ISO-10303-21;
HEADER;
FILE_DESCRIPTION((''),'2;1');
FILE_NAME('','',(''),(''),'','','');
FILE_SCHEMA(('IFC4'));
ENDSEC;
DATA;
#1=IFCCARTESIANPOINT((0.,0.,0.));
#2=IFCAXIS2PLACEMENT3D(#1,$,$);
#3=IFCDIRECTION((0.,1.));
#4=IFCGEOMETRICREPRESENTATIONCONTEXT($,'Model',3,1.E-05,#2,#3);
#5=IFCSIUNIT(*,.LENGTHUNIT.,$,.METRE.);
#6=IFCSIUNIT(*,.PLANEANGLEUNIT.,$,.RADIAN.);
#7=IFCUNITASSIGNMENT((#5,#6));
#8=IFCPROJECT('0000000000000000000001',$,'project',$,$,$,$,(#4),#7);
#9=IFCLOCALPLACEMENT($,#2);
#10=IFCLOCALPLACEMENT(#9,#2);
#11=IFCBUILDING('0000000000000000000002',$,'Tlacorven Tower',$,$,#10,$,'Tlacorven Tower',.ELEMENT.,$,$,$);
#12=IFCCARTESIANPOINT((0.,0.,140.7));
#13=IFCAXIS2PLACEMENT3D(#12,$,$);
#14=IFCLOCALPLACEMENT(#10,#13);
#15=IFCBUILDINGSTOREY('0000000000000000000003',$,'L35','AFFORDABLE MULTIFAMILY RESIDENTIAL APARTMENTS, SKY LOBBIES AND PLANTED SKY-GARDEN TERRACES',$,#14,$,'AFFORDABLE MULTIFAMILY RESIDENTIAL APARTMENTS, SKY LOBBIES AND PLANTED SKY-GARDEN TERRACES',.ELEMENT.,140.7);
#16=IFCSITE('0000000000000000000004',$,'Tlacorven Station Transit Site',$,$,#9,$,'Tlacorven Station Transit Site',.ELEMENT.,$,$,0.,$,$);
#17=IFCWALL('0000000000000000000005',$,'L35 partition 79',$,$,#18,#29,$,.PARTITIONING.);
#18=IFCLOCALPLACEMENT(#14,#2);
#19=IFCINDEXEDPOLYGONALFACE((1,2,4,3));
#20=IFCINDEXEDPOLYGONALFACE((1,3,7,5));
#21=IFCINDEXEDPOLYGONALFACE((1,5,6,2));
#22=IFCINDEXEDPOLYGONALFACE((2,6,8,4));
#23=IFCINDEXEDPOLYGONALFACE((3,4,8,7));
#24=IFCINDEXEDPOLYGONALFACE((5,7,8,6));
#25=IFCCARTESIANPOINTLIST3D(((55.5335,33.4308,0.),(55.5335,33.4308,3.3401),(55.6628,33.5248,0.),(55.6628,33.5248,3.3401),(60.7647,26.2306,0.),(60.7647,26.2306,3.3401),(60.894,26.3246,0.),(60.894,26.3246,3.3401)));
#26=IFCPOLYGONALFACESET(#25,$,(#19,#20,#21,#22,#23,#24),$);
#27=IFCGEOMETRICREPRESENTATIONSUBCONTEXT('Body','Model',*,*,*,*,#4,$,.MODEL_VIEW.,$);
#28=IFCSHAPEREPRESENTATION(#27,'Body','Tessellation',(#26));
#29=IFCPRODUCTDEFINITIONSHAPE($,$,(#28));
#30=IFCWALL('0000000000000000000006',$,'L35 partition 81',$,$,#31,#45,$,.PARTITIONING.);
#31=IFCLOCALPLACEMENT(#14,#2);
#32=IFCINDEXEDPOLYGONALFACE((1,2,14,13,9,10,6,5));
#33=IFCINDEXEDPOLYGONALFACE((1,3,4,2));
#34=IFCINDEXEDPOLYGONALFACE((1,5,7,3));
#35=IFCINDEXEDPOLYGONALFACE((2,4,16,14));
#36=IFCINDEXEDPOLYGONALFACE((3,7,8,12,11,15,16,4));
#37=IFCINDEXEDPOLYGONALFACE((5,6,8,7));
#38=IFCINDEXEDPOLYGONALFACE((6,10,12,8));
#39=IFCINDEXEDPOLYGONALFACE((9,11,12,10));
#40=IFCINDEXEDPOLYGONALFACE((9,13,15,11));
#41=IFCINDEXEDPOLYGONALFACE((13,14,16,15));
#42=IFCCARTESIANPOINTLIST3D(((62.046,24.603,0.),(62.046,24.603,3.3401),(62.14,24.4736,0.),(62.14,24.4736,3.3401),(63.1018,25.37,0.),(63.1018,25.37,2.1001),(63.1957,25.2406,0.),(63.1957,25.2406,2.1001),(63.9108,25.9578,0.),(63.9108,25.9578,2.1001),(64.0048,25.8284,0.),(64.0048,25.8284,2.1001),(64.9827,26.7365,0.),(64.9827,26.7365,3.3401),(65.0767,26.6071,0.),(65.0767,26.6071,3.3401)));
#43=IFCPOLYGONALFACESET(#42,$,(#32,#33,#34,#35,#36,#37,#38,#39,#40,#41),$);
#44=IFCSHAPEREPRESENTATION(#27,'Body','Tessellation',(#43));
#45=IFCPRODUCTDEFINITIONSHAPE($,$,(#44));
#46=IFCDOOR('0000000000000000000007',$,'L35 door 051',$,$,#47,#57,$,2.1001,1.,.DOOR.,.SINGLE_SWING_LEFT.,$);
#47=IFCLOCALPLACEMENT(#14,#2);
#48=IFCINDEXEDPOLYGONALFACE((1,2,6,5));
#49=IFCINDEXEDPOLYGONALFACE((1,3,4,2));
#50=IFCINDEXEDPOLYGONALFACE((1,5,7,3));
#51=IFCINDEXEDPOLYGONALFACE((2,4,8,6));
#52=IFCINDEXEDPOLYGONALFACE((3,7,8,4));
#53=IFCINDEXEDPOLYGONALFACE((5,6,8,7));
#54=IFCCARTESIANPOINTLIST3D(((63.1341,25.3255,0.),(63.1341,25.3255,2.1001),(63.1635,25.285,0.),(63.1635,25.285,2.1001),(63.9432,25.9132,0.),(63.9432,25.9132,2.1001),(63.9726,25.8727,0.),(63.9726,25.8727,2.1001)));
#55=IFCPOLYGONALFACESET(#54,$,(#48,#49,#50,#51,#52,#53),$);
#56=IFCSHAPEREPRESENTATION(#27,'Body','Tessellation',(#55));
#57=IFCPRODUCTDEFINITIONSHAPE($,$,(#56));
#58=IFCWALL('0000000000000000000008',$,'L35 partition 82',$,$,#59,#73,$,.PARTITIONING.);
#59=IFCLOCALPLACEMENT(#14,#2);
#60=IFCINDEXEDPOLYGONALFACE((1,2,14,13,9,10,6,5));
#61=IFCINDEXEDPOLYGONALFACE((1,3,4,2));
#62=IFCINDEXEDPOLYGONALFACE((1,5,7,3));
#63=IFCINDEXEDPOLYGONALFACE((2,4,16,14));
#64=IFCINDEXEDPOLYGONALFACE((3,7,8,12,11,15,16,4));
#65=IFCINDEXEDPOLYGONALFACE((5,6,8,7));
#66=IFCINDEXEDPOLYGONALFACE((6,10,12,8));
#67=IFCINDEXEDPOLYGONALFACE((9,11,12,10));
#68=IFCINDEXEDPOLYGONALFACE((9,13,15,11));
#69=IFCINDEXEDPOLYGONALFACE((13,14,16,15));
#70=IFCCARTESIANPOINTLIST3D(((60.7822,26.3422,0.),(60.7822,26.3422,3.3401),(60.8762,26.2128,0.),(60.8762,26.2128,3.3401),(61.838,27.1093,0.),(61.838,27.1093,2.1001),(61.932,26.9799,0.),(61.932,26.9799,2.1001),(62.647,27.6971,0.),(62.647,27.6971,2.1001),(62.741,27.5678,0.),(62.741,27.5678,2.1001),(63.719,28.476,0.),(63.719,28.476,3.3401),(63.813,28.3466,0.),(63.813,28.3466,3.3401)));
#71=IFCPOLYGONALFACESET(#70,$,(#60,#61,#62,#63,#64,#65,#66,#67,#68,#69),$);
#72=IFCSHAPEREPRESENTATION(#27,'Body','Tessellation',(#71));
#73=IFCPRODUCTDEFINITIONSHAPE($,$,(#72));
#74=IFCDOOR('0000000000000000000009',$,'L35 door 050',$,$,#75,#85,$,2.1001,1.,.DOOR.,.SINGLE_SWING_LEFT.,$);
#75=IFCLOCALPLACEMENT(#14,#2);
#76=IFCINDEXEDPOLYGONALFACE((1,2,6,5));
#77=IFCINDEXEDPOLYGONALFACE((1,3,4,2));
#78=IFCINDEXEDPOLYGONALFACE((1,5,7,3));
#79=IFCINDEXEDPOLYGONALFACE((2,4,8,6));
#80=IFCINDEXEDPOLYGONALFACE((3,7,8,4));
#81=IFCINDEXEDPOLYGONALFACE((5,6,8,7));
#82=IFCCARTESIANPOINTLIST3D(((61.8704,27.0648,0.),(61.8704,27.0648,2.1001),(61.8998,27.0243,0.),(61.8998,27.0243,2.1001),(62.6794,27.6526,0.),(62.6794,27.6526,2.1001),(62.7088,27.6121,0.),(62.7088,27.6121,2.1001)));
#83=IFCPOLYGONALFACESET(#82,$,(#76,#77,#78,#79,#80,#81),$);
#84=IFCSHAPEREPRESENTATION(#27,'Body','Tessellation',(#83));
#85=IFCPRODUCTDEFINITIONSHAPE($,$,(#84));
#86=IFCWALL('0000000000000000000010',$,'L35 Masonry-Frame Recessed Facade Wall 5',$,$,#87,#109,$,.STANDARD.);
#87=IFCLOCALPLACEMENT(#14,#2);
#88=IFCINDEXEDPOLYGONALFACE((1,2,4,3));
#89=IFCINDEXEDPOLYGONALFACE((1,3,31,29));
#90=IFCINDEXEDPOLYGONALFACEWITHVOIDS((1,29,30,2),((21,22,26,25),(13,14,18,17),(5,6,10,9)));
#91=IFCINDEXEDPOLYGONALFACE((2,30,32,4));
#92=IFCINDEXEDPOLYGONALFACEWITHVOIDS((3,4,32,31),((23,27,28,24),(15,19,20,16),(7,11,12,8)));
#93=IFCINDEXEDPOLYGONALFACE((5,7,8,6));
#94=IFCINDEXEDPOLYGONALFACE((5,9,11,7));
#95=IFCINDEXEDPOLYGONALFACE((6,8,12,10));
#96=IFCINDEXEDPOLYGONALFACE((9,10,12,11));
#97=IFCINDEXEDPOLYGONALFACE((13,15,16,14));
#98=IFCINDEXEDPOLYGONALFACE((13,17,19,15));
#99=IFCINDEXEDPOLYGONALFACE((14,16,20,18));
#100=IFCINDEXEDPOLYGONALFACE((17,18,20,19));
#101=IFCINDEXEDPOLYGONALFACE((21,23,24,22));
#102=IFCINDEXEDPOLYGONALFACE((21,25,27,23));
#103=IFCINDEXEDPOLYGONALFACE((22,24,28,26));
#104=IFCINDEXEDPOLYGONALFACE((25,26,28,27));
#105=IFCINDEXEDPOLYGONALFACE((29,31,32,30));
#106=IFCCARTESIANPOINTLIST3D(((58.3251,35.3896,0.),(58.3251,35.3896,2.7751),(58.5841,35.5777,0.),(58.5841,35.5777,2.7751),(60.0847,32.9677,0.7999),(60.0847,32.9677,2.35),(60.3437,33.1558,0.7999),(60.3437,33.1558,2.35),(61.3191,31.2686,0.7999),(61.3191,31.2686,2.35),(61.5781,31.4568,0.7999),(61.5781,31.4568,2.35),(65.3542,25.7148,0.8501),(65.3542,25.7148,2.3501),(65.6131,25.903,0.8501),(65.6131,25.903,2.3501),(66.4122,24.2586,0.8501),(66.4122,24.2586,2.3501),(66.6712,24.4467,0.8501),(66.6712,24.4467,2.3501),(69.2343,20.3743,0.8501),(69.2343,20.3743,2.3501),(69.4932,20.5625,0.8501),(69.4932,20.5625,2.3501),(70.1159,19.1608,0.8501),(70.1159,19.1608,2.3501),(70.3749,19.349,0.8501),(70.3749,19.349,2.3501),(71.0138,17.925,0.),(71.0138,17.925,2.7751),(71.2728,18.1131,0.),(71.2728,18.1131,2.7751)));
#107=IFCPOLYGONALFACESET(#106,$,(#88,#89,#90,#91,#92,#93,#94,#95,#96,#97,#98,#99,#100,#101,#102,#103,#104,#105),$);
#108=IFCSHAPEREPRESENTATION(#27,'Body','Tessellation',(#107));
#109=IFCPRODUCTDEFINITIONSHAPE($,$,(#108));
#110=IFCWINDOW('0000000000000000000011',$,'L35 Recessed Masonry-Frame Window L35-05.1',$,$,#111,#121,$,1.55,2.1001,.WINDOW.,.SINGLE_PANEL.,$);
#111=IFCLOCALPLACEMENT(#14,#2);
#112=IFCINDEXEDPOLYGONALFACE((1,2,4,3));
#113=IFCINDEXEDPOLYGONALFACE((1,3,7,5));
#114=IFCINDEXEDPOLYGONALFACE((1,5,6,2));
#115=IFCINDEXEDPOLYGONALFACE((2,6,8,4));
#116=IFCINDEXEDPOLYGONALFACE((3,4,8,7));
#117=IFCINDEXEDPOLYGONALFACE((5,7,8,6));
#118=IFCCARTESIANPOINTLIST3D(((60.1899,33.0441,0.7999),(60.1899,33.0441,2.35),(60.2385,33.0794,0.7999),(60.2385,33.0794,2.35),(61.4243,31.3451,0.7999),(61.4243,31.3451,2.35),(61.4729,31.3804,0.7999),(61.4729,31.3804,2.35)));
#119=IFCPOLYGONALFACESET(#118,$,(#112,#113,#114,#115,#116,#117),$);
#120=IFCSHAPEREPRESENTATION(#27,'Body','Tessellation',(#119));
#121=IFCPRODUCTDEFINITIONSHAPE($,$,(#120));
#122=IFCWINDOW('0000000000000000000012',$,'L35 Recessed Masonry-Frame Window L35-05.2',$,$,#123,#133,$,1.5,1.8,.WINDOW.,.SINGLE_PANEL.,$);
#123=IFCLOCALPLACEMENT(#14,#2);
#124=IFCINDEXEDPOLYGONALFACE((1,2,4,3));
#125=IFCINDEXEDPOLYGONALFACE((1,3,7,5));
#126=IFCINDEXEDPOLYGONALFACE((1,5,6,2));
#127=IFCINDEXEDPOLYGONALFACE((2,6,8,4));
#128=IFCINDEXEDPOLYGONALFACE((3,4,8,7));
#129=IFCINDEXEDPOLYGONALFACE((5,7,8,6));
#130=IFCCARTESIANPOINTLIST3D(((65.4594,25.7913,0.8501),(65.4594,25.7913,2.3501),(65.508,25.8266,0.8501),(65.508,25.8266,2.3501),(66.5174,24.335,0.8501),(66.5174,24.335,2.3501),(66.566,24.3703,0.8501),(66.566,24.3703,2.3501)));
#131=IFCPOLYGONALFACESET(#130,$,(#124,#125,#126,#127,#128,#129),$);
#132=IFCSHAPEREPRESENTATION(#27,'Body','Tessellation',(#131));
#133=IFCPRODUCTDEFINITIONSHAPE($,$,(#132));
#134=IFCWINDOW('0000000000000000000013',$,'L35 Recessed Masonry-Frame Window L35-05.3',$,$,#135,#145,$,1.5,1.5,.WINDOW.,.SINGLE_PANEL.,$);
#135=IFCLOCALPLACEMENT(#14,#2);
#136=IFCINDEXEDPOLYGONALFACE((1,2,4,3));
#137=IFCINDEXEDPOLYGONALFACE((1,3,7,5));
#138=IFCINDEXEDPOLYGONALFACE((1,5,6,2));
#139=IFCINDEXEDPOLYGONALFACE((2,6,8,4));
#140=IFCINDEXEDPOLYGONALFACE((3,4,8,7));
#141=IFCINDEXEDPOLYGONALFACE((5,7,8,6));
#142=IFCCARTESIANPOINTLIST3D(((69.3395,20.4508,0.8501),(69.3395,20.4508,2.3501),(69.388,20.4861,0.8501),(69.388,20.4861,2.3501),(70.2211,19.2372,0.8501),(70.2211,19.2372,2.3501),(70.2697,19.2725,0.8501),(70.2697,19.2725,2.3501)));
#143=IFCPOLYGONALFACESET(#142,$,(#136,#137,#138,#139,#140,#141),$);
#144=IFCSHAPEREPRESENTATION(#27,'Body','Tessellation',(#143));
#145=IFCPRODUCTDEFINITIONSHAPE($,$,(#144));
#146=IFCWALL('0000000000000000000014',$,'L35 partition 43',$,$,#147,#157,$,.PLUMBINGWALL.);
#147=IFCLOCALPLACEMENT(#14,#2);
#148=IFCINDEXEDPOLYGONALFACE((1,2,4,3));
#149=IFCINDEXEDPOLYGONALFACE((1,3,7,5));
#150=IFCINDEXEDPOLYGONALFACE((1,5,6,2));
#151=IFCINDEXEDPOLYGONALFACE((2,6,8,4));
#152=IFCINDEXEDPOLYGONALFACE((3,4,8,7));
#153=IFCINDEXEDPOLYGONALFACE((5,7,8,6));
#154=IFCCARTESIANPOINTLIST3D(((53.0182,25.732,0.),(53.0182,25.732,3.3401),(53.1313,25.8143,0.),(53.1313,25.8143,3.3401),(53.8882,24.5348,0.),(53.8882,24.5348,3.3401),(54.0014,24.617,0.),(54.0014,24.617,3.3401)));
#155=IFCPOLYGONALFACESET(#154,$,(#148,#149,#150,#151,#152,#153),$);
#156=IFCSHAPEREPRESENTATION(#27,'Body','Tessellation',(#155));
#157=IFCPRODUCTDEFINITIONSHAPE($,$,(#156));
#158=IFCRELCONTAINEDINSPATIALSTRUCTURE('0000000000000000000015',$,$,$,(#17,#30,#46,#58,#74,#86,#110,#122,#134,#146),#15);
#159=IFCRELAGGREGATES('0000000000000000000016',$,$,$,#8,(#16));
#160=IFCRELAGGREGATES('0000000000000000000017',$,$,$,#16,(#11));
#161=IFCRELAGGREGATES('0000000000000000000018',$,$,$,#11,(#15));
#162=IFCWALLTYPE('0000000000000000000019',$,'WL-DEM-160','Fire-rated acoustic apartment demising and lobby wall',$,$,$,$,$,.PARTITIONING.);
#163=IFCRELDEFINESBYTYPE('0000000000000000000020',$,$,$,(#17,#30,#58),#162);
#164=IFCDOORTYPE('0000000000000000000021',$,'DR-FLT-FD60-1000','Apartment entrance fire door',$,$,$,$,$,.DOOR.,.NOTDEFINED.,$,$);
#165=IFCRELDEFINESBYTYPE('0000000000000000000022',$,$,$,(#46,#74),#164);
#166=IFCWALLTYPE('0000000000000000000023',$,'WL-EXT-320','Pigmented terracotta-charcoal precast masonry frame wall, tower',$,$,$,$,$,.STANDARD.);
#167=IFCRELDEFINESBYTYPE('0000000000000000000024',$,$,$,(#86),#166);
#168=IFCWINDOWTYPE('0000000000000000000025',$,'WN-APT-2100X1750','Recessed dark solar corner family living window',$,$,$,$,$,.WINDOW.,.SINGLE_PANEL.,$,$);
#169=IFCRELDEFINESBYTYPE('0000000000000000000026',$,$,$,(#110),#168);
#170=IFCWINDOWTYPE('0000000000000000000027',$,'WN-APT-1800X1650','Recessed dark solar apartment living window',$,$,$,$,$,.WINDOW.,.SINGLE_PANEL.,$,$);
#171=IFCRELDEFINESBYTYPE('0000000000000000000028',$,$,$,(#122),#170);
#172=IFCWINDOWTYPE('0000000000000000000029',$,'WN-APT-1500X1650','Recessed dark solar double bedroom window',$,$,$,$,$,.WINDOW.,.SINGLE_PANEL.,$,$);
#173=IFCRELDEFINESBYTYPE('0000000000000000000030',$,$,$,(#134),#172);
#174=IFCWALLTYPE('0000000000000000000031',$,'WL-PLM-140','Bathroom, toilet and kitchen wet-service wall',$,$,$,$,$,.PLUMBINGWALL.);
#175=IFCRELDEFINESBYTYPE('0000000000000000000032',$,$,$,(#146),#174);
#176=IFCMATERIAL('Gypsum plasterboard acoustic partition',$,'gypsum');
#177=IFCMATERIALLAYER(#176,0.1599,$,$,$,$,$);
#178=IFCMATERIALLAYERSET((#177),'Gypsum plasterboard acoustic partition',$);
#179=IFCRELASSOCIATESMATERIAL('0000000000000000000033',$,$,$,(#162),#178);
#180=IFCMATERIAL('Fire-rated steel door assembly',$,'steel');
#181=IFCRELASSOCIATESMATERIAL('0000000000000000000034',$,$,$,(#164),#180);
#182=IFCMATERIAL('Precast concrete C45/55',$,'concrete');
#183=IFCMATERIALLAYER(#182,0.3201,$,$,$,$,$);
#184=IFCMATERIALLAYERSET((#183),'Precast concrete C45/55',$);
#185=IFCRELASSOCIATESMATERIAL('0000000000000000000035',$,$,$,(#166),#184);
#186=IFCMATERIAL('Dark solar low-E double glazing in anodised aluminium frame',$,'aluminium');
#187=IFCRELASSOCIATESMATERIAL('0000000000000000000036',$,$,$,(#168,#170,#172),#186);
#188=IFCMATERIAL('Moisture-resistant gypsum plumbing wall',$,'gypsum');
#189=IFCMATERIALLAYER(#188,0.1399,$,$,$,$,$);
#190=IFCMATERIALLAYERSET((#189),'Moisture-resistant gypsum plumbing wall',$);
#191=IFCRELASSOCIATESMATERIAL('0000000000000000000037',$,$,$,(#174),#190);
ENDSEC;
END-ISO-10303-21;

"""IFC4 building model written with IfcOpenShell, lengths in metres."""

from ifc_helpers import new_model, si_unit, direction, frame, frame_2d, origin, place, context, subcontext, project, spatial, rectangle, extrude, source, transform, mapped, material, layer, layer_set, type_object, element, fill, save


model = new_model("IFC4")

# Units and contexts
model_context = context("Model", 3, precision=1e-05, world=origin(), true_north=direction((0.0, 1.0)))
body_context = subcontext(model_context, "Body", "Model", "MODEL_VIEW")
ifc_project = project(units=[si_unit("LENGTHUNIT", "METRE"), si_unit("PLANEANGLEUNIT", "RADIAN")], contexts=[model_context])

# Site, building, storey
site_placement = place(None, origin())
site = spatial("IfcSite", under=ifc_project, at=site_placement, Name="Tlacorven Station Transit Site", LongName="Tlacorven Station Transit Site", CompositionType="ELEMENT", RefElevation=0.0)
building_placement = place(site_placement, origin())
building = spatial("IfcBuilding", under=site, at=building_placement, Name="Tlacorven Tower", LongName="Tlacorven Tower", CompositionType="ELEMENT")
storey_placement = place(building_placement, frame((0.0, 0.0, 140.7)))
storey = spatial("IfcBuildingStorey", under=building, at=storey_placement, Name="L35", Description="AFFORDABLE MULTIFAMILY RESIDENTIAL APARTMENTS, SKY LOBBIES AND PLANTED SKY-GARDEN TERRACES", LongName="AFFORDABLE MULTIFAMILY RESIDENTIAL APARTMENTS, SKY LOBBIES AND PLANTED SKY-GARDEN TERRACES", CompositionType="ELEMENT", Elevation=140.7)

# Shared definitions
ifc_material_1 = material(Name="Gypsum plasterboard acoustic partition", Category="gypsum")
ifc_layer_1 = layer(ifc_material_1, 0.1599)
ifc_layer_set_1 = layer_set([ifc_layer_1], Name="Gypsum plasterboard acoustic partition")
wall_type_1 = type_object("IfcWallType", Name="WL-DEM-160", Description="Fire-rated acoustic apartment demising and lobby wall", PredefinedType="PARTITIONING", material=ifc_layer_set_1)
ifc_material_2 = material(Name="Fire-rated steel door assembly", Category="steel")
door_type = type_object("IfcDoorType", Name="DR-FLT-FD60-1000", Description="Apartment entrance fire door", OperationType="NOTDEFINED", PredefinedType="DOOR", material=ifc_material_2)
shared_shape_1 = source(origin(), body_context, "Body", "SweptSolid", [
    extrude(rectangle(XDim=1.0, YDim=2.1001, at=frame_2d((0.5, 1.05))), frame((0.0, 0.0249, 0.0), z_axis=(0.0, -1.0, 0.0), x_axis=(1.0, 0.0, 0.0)), (0.0, 0.0, 1.0), 0.05),
])

# Wall
wall_1_placement = place(storey_placement, frame((60.8293, 26.2776, 0.0), z_axis=(0.0, 0.0, 1.0), x_axis=(-0.587782, 0.80902, 0.0)))
element("IfcWall", 1, at=wall_1_placement, inside=storey, type_object=wall_type_1, Name="L35 partition 79", PredefinedType="PARTITIONING", context=body_context, shape_type="SweptSolid", body=[
    extrude(rectangle(XDim=8.8999, YDim=0.1599, at=frame_2d((4.45, 0.0))), origin(), (0.0, 0.0, 1.0), 3.3401),
])

# Walls, openings, doors
wall_2_placement = place(storey_placement, frame((62.093, 24.5383, 0.0), z_axis=(0.0, 0.0, 1.0), x_axis=(0.809036, 0.58776, 0.0)))
wall_2 = element("IfcWall", 2, at=wall_2_placement, inside=storey, type_object=wall_type_1, Name="L35 partition 81", PredefinedType="PARTITIONING", context=body_context, shape_type="SweptSolid", body=[
    extrude(rectangle(XDim=3.6299, YDim=0.1599, at=frame_2d((1.8149, 0.0))), origin(), (0.0, 0.0, 1.0), 3.3401),
])
opening_1_placement = place(wall_2_placement, frame((1.3049, 0.0, 0.0)))
opening_1 = element("IfcOpeningElement", 3, at=opening_1_placement, cuts=wall_2, PredefinedType="OPENING", context=body_context, shape_type="SweptSolid", body=[
    extrude(rectangle(XDim=1.0, YDim=2.1001, at=frame_2d((0.5, 1.05))), frame((0.0, 0.0898, 0.0), z_axis=(0.0, -1.0, 0.0), x_axis=(1.0, 0.0, 0.0)), (0.0, 0.0, 1.0), 0.1799),
])
door_1_placement = place(opening_1_placement, origin())
door_1 = element("IfcDoor", 4, at=door_1_placement, inside=storey, type_object=door_type, Name="L35 door 051", OperationType="SINGLE_SWING_LEFT", OverallHeight=2.1001, OverallWidth=1.0, PredefinedType="DOOR", context=body_context, shape_type="MappedRepresentation", body=[
    mapped(shared_shape_1, transform((0.0, 0.0, 0.0), scale=1.0)),
])
fill(opening_1, door_1)
wall_3_placement = place(storey_placement, frame((60.8293, 26.2776, 0.0), z_axis=(0.0, 0.0, 1.0), x_axis=(0.809004, 0.587804, 0.0)))
wall_3 = element("IfcWall", 5, at=wall_3_placement, inside=storey, type_object=wall_type_1, Name="L35 partition 82", PredefinedType="PARTITIONING", context=body_context, shape_type="SweptSolid", body=[
    extrude(rectangle(XDim=3.6301, YDim=0.1599, at=frame_2d((1.8149, 0.0))), origin(), (0.0, 0.0, 1.0), 3.3401),
])
opening_2_placement = place(wall_3_placement, frame((1.3049, 0.0, 0.0)))
opening_2 = element("IfcOpeningElement", 6, at=opening_2_placement, cuts=wall_3, PredefinedType="OPENING", context=body_context, shape_type="SweptSolid", body=[
    extrude(rectangle(XDim=1.0, YDim=2.1001, at=frame_2d((0.5, 1.05))), frame((0.0, 0.0898, 0.0), z_axis=(0.0, -1.0, 0.0), x_axis=(1.0, 0.0, 0.0)), (0.0, 0.0, 1.0), 0.1799),
])
door_2_placement = place(opening_2_placement, origin())
door_2 = element("IfcDoor", 7, at=door_2_placement, inside=storey, type_object=door_type, Name="L35 door 050", OperationType="SINGLE_SWING_LEFT", OverallHeight=2.1001, OverallWidth=1.0, PredefinedType="DOOR", context=body_context, shape_type="MappedRepresentation", body=[
    mapped(shared_shape_1, transform((0.0, 0.0, 0.0), scale=1.0)),
])
fill(opening_2, door_2)

# Wall, openings, windows
ifc_material_3 = material(Name="Precast concrete C45/55", Category="concrete")
ifc_layer_2 = layer(ifc_material_3, 0.3201)
ifc_layer_set_2 = layer_set([ifc_layer_2], Name="Precast concrete C45/55")
wall_type_2 = type_object("IfcWallType", Name="WL-EXT-320", Description="Pigmented terracotta-charcoal precast masonry frame wall, tower", PredefinedType="STANDARD", material=ifc_layer_set_2)
wall_4_placement = place(storey_placement, frame((58.4546, 35.4836, 0.0), z_axis=(0.0, 0.0, 1.0), x_axis=(0.587784, -0.809018, 0.0)))
wall_4 = element("IfcWall", 8, at=wall_4_placement, inside=storey, type_object=wall_type_2, Name="L35 Masonry-Frame Recessed Facade Wall 5", PredefinedType="STANDARD", context=body_context, shape_type="SweptSolid", body=[
    extrude(rectangle(XDim=21.5874, YDim=0.3201, at=frame_2d((10.7937, 0.0))), origin(), (0.0, 0.0, 1.0), 2.7751),
])
opening_3_placement = place(wall_4_placement, frame((2.9937, 0.0, 0.8)))
opening_3 = element("IfcOpeningElement", 9, at=opening_3_placement, cuts=wall_4, PredefinedType="OPENING", context=body_context, shape_type="SweptSolid", body=[
    extrude(rectangle(XDim=2.1001, YDim=1.55, at=frame_2d((1.05, 0.7749))), frame((0.0, 0.1699, 0.0), z_axis=(0.0, -1.0, 0.0), x_axis=(1.0, 0.0, 0.0)), (0.0, 0.0, 1.0), 0.3401),
])
opening_4_placement = place(wall_4_placement, frame((11.9587, 0.0, 0.8501)))
opening_4 = element("IfcOpeningElement", 10, at=opening_4_placement, cuts=wall_4, PredefinedType="OPENING", context=body_context, shape_type="SweptSolid", body=[
    extrude(rectangle(XDim=1.8, YDim=1.5, at=frame_2d((0.8999, 0.75))), frame((0.0, 0.1699, 0.0), z_axis=(0.0, -1.0, 0.0), x_axis=(1.0, 0.0, 0.0)), (0.0, 0.0, 1.0), 0.3401),
])
opening_5_placement = place(wall_4_placement, frame((18.5598, 0.0, 0.8501)))
opening_5 = element("IfcOpeningElement", 11, at=opening_5_placement, cuts=wall_4, PredefinedType="OPENING", context=body_context, shape_type="SweptSolid", body=[
    extrude(rectangle(XDim=1.5, YDim=1.5, at=frame_2d((0.75, 0.75))), frame((0.0, 0.1699, 0.0), z_axis=(0.0, -1.0, 0.0), x_axis=(1.0, 0.0, 0.0)), (0.0, 0.0, 1.0), 0.3401),
])
ifc_material_4 = material(Name="Dark solar low-E double glazing in anodised aluminium frame", Category="aluminium")
window_type_1 = type_object("IfcWindowType", Name="WN-APT-2100X1750", Description="Recessed dark solar corner family living window", PartitioningType="SINGLE_PANEL", PredefinedType="WINDOW", material=ifc_material_4)
shared_shape_2 = source(origin(), body_context, "Body", "SweptSolid", [
    extrude(rectangle(XDim=2.1001, YDim=1.55, at=frame_2d((1.05, 0.7749))), frame((0.0, 0.03, 0.0), z_axis=(0.0, -1.0, 0.0), x_axis=(1.0, 0.0, 0.0)), (0.0, 0.0, 1.0), 0.0601),
])
window_1_placement = place(opening_3_placement, origin())
window_1 = element("IfcWindow", 12, at=window_1_placement, inside=storey, type_object=window_type_1, Name="L35 Recessed Masonry-Frame Window L35-05.1", OverallHeight=1.55, OverallWidth=2.1001, PartitioningType="SINGLE_PANEL", PredefinedType="WINDOW", context=body_context, shape_type="MappedRepresentation", body=[
    mapped(shared_shape_2, transform((0.0, 0.0, 0.0), scale=1.0)),
])
fill(opening_3, window_1)
window_type_2 = type_object("IfcWindowType", Name="WN-APT-1800X1650", Description="Recessed dark solar apartment living window", PartitioningType="SINGLE_PANEL", PredefinedType="WINDOW", material=ifc_material_4)
shared_shape_3 = source(origin(), body_context, "Body", "SweptSolid", [
    extrude(rectangle(XDim=1.8, YDim=1.5, at=frame_2d((0.8999, 0.75))), frame((0.0, 0.03, 0.0), z_axis=(0.0, -1.0, 0.0), x_axis=(1.0, 0.0, 0.0)), (0.0, 0.0, 1.0), 0.0601),
])
window_2_placement = place(opening_4_placement, origin())
window_2 = element("IfcWindow", 13, at=window_2_placement, inside=storey, type_object=window_type_2, Name="L35 Recessed Masonry-Frame Window L35-05.2", OverallHeight=1.5, OverallWidth=1.8, PartitioningType="SINGLE_PANEL", PredefinedType="WINDOW", context=body_context, shape_type="MappedRepresentation", body=[
    mapped(shared_shape_3, transform((0.0, 0.0, 0.0), scale=1.0)),
])
fill(opening_4, window_2)
window_type_3 = type_object("IfcWindowType", Name="WN-APT-1500X1650", Description="Recessed dark solar double bedroom window", PartitioningType="SINGLE_PANEL", PredefinedType="WINDOW", material=ifc_material_4)
shared_shape_4 = source(origin(), body_context, "Body", "SweptSolid", [
    extrude(rectangle(XDim=1.5, YDim=1.5, at=frame_2d((0.75, 0.75))), frame((0.0, 0.03, 0.0), z_axis=(0.0, -1.0, 0.0), x_axis=(1.0, 0.0, 0.0)), (0.0, 0.0, 1.0), 0.0601),
])
window_3_placement = place(opening_5_placement, origin())
window_3 = element("IfcWindow", 14, at=window_3_placement, inside=storey, type_object=window_type_3, Name="L35 Recessed Masonry-Frame Window L35-05.3", OverallHeight=1.5, OverallWidth=1.5, PartitioningType="SINGLE_PANEL", PredefinedType="WINDOW", context=body_context, shape_type="MappedRepresentation", body=[
    mapped(shared_shape_4, transform((0.0, 0.0, 0.0), scale=1.0)),
])
fill(opening_5, window_3)

# Wall
ifc_material_5 = material(Name="Moisture-resistant gypsum plumbing wall", Category="gypsum")
ifc_layer_3 = layer(ifc_material_5, 0.1399)
ifc_layer_set_3 = layer_set([ifc_layer_3], Name="Moisture-resistant gypsum plumbing wall")
wall_type_3 = type_object("IfcWallType", Name="WL-PLM-140", Description="Bathroom, toilet and kitchen wet-service wall", PredefinedType="PLUMBINGWALL", material=ifc_layer_set_3)
wall_5_placement = place(storey_placement, frame((53.9448, 24.5759, 0.0), z_axis=(0.0, 0.0, 1.0), x_axis=(-0.587897, 0.808936, 0.0)))
element("IfcWall", 15, at=wall_5_placement, inside=storey, type_object=wall_type_3, Name="L35 partition 43", PredefinedType="PLUMBINGWALL", context=body_context, shape_type="SweptSolid", body=[
    extrude(rectangle(XDim=1.48, YDim=0.1399, at=frame_2d((0.74, 0.0))), origin(), (0.0, 0.0, 1.0), 3.3401),
])

save(model, "model.ifc")
